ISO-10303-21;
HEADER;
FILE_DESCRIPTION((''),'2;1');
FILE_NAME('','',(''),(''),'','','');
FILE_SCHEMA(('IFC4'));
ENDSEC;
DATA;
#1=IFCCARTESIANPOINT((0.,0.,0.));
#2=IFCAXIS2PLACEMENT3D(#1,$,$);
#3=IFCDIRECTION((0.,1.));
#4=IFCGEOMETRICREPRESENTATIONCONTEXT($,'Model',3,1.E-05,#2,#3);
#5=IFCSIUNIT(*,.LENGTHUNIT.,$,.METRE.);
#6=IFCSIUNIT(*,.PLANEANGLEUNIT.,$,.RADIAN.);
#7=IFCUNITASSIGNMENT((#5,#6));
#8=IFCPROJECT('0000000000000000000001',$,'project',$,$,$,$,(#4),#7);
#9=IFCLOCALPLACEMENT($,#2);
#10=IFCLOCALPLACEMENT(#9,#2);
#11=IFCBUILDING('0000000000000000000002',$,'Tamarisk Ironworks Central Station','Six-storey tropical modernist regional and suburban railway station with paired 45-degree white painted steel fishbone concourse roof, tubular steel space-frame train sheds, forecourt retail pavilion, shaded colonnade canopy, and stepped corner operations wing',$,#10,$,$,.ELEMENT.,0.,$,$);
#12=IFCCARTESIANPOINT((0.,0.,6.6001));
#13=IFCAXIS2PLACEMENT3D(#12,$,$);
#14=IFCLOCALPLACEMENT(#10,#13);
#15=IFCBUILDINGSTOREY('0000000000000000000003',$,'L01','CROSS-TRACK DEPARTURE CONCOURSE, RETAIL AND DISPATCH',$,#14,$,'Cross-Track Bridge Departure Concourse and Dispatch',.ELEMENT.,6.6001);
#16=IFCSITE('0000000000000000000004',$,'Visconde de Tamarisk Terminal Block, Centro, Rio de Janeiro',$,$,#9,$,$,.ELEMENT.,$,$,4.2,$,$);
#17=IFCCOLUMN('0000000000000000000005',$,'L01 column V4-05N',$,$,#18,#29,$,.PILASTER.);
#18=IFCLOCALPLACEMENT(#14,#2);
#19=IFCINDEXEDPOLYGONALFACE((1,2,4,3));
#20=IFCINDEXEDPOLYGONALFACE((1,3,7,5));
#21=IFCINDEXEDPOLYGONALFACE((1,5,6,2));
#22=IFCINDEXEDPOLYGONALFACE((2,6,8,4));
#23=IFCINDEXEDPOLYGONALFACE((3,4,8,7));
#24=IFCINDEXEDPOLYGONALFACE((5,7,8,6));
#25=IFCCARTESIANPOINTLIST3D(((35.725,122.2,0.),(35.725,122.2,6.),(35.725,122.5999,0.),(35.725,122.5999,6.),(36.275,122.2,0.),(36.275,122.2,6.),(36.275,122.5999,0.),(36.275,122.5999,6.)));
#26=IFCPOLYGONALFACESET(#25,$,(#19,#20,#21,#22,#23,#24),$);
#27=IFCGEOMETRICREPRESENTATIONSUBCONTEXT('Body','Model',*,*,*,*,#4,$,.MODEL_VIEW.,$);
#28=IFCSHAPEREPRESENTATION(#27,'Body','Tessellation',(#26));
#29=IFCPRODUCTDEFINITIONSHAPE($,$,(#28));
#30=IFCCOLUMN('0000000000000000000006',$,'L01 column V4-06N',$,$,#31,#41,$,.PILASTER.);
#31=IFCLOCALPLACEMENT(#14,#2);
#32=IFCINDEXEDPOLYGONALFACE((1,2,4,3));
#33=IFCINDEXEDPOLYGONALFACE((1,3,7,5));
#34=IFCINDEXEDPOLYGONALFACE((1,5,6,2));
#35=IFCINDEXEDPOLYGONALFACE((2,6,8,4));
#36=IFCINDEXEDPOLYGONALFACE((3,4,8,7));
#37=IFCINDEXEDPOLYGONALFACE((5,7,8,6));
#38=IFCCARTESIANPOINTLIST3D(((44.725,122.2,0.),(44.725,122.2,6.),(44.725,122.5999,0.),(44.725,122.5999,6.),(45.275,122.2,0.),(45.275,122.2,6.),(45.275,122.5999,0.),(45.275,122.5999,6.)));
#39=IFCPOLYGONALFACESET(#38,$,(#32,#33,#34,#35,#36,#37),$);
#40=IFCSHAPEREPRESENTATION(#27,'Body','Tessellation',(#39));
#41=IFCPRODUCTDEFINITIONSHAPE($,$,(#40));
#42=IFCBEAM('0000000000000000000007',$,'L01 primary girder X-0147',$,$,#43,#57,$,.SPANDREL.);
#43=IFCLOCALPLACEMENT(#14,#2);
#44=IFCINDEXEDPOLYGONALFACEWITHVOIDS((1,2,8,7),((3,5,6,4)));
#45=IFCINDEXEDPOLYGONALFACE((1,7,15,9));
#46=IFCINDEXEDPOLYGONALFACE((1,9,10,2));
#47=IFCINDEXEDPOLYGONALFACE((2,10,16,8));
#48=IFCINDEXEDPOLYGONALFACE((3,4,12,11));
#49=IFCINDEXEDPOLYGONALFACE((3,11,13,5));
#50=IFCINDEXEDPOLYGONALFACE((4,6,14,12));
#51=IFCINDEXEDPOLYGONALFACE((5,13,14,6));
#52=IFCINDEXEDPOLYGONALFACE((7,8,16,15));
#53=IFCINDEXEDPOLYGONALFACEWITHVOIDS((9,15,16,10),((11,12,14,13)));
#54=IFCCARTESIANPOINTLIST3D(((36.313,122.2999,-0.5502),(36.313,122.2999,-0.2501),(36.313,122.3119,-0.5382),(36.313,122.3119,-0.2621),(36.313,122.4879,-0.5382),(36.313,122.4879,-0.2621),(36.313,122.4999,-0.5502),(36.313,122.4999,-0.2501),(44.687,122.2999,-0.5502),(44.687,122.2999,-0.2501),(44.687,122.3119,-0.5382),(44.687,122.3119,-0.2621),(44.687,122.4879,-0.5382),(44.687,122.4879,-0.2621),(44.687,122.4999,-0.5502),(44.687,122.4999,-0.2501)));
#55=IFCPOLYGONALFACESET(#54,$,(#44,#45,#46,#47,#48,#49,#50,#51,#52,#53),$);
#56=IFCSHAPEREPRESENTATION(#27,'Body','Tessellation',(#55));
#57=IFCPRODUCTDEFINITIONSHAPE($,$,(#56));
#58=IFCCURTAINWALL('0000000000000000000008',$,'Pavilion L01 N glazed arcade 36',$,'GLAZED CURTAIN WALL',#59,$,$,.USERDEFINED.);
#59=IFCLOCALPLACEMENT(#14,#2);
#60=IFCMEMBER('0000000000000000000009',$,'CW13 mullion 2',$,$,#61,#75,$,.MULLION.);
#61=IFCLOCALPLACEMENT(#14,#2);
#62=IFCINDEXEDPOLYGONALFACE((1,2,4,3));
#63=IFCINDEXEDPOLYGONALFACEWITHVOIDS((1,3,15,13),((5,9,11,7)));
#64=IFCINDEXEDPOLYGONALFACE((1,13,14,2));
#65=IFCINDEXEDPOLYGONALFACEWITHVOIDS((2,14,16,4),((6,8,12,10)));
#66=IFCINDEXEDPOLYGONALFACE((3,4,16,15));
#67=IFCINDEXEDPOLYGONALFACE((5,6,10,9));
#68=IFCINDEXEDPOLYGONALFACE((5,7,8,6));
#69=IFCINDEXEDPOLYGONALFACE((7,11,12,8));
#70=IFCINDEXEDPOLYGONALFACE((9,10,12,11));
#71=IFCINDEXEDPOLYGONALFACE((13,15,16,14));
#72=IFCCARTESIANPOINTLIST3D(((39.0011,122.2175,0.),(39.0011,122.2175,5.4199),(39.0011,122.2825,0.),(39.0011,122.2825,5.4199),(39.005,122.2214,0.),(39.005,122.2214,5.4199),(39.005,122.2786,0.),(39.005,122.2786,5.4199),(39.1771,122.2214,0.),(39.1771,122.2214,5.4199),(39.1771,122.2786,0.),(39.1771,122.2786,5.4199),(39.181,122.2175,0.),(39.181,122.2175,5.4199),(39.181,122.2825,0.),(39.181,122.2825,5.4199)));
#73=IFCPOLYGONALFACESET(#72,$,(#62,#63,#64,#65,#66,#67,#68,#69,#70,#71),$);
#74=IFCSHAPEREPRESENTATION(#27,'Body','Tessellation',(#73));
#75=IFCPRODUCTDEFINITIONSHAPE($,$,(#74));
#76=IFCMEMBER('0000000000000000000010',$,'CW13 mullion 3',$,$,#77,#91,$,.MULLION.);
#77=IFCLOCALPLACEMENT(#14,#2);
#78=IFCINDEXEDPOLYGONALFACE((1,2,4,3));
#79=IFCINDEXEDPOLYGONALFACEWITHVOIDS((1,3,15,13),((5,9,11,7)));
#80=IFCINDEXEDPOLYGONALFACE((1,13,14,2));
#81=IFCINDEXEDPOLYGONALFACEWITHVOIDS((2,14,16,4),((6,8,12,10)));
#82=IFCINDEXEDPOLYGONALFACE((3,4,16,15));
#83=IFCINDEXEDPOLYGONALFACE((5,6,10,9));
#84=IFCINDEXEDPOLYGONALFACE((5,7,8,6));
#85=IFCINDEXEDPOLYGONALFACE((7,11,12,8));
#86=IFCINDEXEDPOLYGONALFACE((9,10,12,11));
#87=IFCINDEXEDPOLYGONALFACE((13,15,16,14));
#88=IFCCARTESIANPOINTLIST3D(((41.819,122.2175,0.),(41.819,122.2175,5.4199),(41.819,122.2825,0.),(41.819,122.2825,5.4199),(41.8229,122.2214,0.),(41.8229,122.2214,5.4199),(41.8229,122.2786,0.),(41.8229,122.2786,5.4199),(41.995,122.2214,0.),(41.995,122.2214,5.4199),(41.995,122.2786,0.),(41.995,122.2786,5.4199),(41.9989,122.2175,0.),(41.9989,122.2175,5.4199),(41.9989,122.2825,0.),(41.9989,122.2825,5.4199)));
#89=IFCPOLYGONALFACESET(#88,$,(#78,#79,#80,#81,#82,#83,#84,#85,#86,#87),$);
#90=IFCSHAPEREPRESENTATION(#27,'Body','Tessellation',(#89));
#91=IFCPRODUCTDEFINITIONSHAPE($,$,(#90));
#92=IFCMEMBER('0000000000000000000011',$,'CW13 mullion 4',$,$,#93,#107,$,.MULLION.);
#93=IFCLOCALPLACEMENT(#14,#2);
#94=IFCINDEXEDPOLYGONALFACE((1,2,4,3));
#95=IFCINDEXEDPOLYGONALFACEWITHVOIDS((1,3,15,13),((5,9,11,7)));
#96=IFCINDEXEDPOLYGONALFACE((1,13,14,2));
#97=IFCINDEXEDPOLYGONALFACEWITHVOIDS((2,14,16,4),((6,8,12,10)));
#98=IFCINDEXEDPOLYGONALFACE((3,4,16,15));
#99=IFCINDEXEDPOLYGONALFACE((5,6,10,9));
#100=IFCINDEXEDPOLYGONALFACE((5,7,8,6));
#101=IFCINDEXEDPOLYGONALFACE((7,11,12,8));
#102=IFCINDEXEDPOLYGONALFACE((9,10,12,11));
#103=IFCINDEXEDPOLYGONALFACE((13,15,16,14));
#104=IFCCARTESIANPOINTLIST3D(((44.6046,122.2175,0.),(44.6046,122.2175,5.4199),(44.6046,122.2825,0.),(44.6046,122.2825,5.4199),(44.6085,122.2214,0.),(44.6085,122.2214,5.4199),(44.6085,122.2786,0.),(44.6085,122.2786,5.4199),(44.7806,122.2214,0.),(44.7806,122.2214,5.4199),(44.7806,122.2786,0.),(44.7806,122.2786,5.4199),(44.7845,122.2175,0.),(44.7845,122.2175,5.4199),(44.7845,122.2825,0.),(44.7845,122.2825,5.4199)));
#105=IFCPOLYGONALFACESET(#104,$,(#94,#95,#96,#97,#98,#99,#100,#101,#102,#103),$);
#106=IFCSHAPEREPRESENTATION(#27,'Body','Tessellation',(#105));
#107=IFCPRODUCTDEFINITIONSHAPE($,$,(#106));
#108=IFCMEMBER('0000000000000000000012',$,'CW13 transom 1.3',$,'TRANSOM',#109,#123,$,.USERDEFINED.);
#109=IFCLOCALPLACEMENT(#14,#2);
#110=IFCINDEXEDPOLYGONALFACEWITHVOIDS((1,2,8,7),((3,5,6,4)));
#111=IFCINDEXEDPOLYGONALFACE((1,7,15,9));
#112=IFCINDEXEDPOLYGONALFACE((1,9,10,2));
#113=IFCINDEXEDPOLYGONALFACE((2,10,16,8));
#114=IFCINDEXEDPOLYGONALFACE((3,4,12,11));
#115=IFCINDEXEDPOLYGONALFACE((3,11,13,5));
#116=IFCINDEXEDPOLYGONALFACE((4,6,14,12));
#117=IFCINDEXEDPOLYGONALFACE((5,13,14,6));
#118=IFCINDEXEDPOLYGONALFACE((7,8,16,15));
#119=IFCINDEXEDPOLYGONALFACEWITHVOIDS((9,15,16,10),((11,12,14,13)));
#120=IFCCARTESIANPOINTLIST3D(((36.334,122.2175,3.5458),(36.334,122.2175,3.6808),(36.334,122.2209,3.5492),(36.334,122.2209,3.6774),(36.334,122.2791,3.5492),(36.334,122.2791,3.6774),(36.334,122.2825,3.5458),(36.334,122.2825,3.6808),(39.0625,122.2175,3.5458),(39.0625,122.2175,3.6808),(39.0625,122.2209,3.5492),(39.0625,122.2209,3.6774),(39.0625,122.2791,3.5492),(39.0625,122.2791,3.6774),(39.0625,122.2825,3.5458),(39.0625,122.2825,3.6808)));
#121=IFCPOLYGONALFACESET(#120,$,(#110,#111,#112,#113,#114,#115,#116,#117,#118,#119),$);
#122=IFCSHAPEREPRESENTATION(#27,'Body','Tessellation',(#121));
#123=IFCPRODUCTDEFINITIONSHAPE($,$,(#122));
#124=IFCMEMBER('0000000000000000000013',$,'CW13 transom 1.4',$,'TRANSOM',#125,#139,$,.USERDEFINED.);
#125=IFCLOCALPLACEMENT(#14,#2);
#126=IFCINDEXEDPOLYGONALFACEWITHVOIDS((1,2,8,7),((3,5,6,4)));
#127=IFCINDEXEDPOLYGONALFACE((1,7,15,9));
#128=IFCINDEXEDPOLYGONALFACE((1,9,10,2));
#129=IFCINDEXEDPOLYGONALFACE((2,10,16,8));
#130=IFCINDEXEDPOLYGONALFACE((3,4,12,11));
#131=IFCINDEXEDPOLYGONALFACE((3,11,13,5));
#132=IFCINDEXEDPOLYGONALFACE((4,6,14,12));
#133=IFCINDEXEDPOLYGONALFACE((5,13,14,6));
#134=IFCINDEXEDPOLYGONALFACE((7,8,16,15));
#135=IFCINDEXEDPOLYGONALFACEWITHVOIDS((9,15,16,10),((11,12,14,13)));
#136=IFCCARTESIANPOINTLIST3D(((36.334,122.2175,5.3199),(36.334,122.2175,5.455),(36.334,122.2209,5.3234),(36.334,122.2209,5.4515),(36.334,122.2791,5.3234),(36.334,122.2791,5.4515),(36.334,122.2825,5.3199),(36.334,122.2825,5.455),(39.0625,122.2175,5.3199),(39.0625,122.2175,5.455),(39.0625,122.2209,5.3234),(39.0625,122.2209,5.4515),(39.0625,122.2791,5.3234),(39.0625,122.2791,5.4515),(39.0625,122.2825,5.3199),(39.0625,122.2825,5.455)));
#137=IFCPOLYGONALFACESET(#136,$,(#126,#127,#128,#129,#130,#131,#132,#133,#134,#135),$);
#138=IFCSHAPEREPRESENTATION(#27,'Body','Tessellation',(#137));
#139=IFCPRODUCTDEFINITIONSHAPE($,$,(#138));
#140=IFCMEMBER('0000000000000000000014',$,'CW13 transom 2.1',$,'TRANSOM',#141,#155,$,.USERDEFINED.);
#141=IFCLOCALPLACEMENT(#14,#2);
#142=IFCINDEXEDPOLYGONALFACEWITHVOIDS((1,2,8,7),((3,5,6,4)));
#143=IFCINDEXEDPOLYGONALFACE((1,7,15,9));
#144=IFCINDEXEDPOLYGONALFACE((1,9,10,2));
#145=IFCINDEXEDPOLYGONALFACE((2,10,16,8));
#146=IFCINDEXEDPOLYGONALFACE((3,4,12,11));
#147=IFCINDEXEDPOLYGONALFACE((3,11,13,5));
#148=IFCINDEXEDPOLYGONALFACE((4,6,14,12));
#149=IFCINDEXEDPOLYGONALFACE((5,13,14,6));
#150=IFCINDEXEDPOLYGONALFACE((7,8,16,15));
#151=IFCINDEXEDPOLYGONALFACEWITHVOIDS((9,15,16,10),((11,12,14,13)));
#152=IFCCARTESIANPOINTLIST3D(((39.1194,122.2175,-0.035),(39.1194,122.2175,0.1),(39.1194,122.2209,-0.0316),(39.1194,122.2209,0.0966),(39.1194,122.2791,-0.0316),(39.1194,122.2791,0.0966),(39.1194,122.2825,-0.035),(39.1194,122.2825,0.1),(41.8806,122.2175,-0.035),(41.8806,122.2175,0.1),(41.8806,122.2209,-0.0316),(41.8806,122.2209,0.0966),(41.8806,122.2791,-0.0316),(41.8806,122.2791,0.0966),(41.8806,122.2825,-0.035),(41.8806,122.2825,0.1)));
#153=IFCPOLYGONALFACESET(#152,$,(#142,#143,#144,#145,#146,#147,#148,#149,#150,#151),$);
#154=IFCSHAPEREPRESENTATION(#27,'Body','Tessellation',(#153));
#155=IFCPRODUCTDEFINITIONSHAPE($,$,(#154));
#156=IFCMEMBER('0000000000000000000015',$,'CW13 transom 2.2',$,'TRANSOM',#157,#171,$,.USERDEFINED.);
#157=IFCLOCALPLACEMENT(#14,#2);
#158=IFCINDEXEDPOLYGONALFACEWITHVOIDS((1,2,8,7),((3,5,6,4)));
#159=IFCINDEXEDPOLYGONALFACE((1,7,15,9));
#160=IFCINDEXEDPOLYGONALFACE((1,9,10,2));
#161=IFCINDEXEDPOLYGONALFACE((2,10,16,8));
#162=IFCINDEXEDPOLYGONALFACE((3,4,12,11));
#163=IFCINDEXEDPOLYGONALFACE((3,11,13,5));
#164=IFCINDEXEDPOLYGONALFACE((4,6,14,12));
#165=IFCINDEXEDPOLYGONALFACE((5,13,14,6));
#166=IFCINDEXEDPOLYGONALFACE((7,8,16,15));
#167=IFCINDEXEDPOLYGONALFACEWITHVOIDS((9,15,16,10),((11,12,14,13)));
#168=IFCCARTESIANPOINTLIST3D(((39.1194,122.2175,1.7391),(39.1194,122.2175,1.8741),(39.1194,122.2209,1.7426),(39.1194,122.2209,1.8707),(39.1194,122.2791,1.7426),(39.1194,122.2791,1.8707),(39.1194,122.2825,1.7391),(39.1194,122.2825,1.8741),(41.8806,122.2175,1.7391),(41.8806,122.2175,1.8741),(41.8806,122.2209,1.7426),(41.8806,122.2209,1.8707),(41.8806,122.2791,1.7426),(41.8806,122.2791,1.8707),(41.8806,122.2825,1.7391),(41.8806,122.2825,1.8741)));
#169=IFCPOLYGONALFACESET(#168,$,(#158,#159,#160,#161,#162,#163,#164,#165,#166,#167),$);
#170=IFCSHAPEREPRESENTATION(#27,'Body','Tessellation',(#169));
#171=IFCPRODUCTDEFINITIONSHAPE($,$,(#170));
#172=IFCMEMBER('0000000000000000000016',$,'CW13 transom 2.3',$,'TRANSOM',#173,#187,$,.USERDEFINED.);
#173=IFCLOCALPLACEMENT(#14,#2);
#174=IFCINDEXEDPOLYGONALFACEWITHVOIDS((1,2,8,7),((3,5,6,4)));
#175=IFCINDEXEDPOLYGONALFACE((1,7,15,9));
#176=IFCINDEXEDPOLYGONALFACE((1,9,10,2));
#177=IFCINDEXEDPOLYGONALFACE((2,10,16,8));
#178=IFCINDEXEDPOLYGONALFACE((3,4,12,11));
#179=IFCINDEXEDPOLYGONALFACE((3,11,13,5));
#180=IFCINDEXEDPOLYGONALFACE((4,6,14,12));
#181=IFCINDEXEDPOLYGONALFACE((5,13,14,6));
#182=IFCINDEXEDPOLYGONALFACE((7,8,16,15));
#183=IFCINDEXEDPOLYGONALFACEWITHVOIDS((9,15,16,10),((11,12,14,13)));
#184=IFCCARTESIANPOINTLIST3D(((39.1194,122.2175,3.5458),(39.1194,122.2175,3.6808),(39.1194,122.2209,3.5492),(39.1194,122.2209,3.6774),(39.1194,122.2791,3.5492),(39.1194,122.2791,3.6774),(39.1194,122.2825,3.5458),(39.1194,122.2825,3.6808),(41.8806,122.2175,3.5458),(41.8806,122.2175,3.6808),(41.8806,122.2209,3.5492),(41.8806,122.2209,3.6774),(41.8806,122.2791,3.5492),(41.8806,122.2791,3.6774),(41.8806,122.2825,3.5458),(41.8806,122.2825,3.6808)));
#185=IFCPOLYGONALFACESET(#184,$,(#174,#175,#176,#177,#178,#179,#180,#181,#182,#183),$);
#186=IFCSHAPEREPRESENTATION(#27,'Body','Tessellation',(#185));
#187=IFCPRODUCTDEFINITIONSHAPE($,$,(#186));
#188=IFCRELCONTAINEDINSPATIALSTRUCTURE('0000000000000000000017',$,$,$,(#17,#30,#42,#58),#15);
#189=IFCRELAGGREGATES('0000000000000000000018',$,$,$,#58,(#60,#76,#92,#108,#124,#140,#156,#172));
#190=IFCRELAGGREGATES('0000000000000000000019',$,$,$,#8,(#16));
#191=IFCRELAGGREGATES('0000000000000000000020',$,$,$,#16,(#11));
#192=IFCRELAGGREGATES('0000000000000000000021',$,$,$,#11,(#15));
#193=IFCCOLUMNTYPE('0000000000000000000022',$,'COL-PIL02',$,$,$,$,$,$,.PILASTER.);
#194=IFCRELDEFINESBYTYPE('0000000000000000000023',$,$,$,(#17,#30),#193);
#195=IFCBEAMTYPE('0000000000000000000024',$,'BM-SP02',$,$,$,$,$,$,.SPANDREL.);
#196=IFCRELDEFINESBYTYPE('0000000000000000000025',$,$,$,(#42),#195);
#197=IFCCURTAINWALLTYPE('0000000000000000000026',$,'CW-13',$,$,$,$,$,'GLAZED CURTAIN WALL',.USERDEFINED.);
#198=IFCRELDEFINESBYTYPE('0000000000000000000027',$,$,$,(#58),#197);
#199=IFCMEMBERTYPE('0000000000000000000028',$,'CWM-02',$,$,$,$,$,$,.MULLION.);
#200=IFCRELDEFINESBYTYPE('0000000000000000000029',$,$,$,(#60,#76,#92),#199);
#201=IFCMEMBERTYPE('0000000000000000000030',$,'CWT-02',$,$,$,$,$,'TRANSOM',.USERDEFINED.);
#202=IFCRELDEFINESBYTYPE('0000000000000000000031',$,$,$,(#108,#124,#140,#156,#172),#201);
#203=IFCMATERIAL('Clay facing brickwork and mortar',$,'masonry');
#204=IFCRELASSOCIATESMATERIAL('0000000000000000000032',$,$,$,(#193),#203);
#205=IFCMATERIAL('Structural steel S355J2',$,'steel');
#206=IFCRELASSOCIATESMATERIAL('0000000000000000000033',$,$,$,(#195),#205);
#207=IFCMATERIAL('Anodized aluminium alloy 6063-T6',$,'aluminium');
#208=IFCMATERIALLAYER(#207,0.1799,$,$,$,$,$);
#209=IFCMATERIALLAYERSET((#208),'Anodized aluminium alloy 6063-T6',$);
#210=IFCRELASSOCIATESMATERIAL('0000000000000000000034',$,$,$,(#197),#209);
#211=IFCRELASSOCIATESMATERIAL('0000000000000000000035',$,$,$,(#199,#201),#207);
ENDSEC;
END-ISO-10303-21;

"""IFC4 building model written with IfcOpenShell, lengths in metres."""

from ifc_helpers import new_model, si_unit, direction, frame, origin, origin_2d, place, context, subcontext, project, spatial, rectangle, hollow_rectangle, extrude, material, layer, layer_set, material_profile, profile_set, type_object, element, aggregate, save


model = new_model("IFC4")

# Units and contexts
model_context = context("Model", 3, precision=1e-05, world=origin(), true_north=direction((0.0, 1.0)))
body_context = subcontext(model_context, "Body", "Model", "MODEL_VIEW")
ifc_project = project(units=[si_unit("LENGTHUNIT", "METRE"), si_unit("PLANEANGLEUNIT", "RADIAN")], contexts=[model_context])

# Site, building, storey
site_placement = place(None, origin())
site = spatial("IfcSite", under=ifc_project, at=site_placement, Name="Visconde de Tamarisk Terminal Block, Centro, Rio de Janeiro", CompositionType="ELEMENT", RefElevation=4.2)
building_placement = place(site_placement, origin())
building = spatial("IfcBuilding", under=site, at=building_placement, Name="Tamarisk Ironworks Central Station", Description="Six-storey tropical modernist regional and suburban railway station with paired 45-degree white painted steel fishbone concourse roof, tubular steel space-frame train sheds, forecourt retail pavilion, shaded colonnade canopy, and stepped corner operations wing", CompositionType="ELEMENT", ElevationOfRefHeight=0.0)
storey_placement = place(building_placement, frame((0.0, 0.0, 6.6001)))
storey = spatial("IfcBuildingStorey", under=building, at=storey_placement, Name="L01", Description="CROSS-TRACK DEPARTURE CONCOURSE, RETAIL AND DISPATCH", LongName="Cross-Track Bridge Departure Concourse and Dispatch", CompositionType="ELEMENT", Elevation=6.6001)

# Columns
ifc_material_1 = material(Name="Clay facing brickwork and mortar", Category="masonry")
ifc_material_profile_1 = material_profile(ifc_material_1, rectangle(XDim=0.55, YDim=0.3999, at=origin_2d()), Name="PIL 550x400")
ifc_profile_set_1 = profile_set([ifc_material_profile_1], Name="Clay facing brickwork and mortar")
column_type = type_object("IfcColumnType", Name="COL-PIL02", PredefinedType="PILASTER", material=ifc_profile_set_1)
for number, where, z_axis, x_axis, name in (
    (1, (36.0, 122.3999, 0.0), (0.0, 0.0, 1.0), (1.0, 0.0, 0.0), "L01 column V4-05N"),
    (2, (45.0, 122.3999, 0.0), (0.0, 0.0, 1.0), (1.0, 0.0, 0.0), "L01 column V4-06N"),
):
    element("IfcColumn", number, at=place(storey_placement, frame(where, z_axis=z_axis, x_axis=x_axis)), inside=storey, type_object=column_type, Name=name, PredefinedType="PILASTER", context=body_context, shape_type="SweptSolid", body=[
        extrude(rectangle(XDim=0.55, YDim=0.3999, at=origin_2d()), origin(), (0.0, 0.0, 1.0), 6.0),
    ])

# Beam
ifc_material_2 = material(Name="Structural steel S355J2", Category="steel")
ifc_material_profile_2 = material_profile(ifc_material_2, hollow_rectangle(XDim=0.2, YDim=0.3, WallThickness=0.012, at=origin_2d()), Name="RHS 300x200x12")
ifc_profile_set_2 = profile_set([ifc_material_profile_2], Name="Structural steel S355J2")
beam_type = type_object("IfcBeamType", Name="BM-SP02", PredefinedType="SPANDREL", material=ifc_profile_set_2)
beam_placement = place(storey_placement, frame((36.313, 122.3999, -0.4001), z_axis=(1.0, 0.0, 0.0), x_axis=(0.0, 1.0, 0.0)))
element("IfcBeam", 3, at=beam_placement, inside=storey, type_object=beam_type, Name="L01 primary girder X-0147", PredefinedType="SPANDREL", context=body_context, shape_type="SweptSolid", body=[
    extrude(hollow_rectangle(XDim=0.2, YDim=0.3, WallThickness=0.012, at=origin_2d()), origin(), (0.0, 0.0, 1.0), 8.374),
])

# Curtain wall, members
ifc_material_3 = material(Name="Anodized aluminium alloy 6063-T6", Category="aluminium")
ifc_layer_1 = layer(ifc_material_3, 0.1799)
ifc_layer_set_1 = layer_set([ifc_layer_1], Name="Anodized aluminium alloy 6063-T6")
curtain_wall_type = type_object("IfcCurtainWallType", Name="CW-13", ElementType="GLAZED CURTAIN WALL", PredefinedType="USERDEFINED", material=ifc_layer_set_1)
curtain_wall_placement = place(storey_placement, origin())
curtain_wall = element("IfcCurtainWall", 4, at=curtain_wall_placement, inside=storey, type_object=curtain_wall_type, Name="Pavilion L01 N glazed arcade 36", ObjectType="GLAZED CURTAIN WALL", PredefinedType="USERDEFINED")
ifc_material_profile_3 = material_profile(ifc_material_3, hollow_rectangle(XDim=0.0649, YDim=0.1799, WallThickness=0.0039, at=origin_2d()), Name="ALUM 180x65")
ifc_profile_set_3 = profile_set([ifc_material_profile_3], Name="Anodized aluminium alloy 6063-T6")
member_type_1 = type_object("IfcMemberType", Name="CWM-02", PredefinedType="MULLION", material=ifc_profile_set_3)
member_1_placement = place(storey_placement, frame((39.0911, 122.25, 0.0), z_axis=(0.0, 0.0, 1.0), x_axis=(0.0, 1.0, 0.0)))
member_1 = element("IfcMember", 5, at=member_1_placement, type_object=member_type_1, Name="CW13 mullion 2", PredefinedType="MULLION", context=body_context, shape_type="SweptSolid", body=[
    extrude(hollow_rectangle(XDim=0.0649, YDim=0.1799, WallThickness=0.0039, at=origin_2d()), origin(), (0.0, 0.0, 1.0), 5.4199),
])
member_2_placement = place(storey_placement, frame((41.9089, 122.25, 0.0), z_axis=(0.0, 0.0, 1.0), x_axis=(0.0, 1.0, 0.0)))
member_2 = element("IfcMember", 6, at=member_2_placement, type_object=member_type_1, Name="CW13 mullion 3", PredefinedType="MULLION", context=body_context, shape_type="SweptSolid", body=[
    extrude(hollow_rectangle(XDim=0.0649, YDim=0.1799, WallThickness=0.0039, at=origin_2d()), origin(), (0.0, 0.0, 1.0), 5.4199),
])
member_3_placement = place(storey_placement, frame((44.6946, 122.25, 0.0), z_axis=(0.0, 0.0, 1.0), x_axis=(0.0, 1.0, 0.0)))
member_3 = element("IfcMember", 7, at=member_3_placement, type_object=member_type_1, Name="CW13 mullion 4", PredefinedType="MULLION", context=body_context, shape_type="SweptSolid", body=[
    extrude(hollow_rectangle(XDim=0.0649, YDim=0.1799, WallThickness=0.0039, at=origin_2d()), origin(), (0.0, 0.0, 1.0), 5.4199),
])
ifc_material_profile_4 = material_profile(ifc_material_3, hollow_rectangle(XDim=0.0649, YDim=0.135, WallThickness=0.0034, at=origin_2d()), Name="ALUM 135x65")
ifc_profile_set_4 = profile_set([ifc_material_profile_4], Name="Anodized aluminium alloy 6063-T6")
member_type_2 = type_object("IfcMemberType", Name="CWT-02", ElementType="TRANSOM", PredefinedType="USERDEFINED", material=ifc_profile_set_4)
member_4_placement = place(storey_placement, frame((36.334, 122.25, 3.6133), z_axis=(1.0, 0.0, 0.0), x_axis=(0.0, 1.0, 0.0)))
member_4 = element("IfcMember", 8, at=member_4_placement, type_object=member_type_2, Name="CW13 transom 1.3", ObjectType="TRANSOM", PredefinedType="USERDEFINED", context=body_context, shape_type="SweptSolid", body=[
    extrude(hollow_rectangle(XDim=0.0649, YDim=0.135, WallThickness=0.0034, at=origin_2d()), origin(), (0.0, 0.0, 1.0), 2.7285),
])
member_5_placement = place(storey_placement, frame((36.334, 122.25, 5.3875), z_axis=(1.0, 0.0, 0.0), x_axis=(0.0, 1.0, 0.0)))
member_5 = element("IfcMember", 9, at=member_5_placement, type_object=member_type_2, Name="CW13 transom 1.4", ObjectType="TRANSOM", PredefinedType="USERDEFINED", context=body_context, shape_type="SweptSolid", body=[
    extrude(hollow_rectangle(XDim=0.0649, YDim=0.135, WallThickness=0.0034, at=origin_2d()), origin(), (0.0, 0.0, 1.0), 2.7285),
])
member_6_placement = place(storey_placement, frame((39.1194, 122.25, 0.0325), z_axis=(1.0, 0.0, 0.0), x_axis=(0.0, 1.0, 0.0)))
member_6 = element("IfcMember", 10, at=member_6_placement, type_object=member_type_2, Name="CW13 transom 2.1", ObjectType="TRANSOM", PredefinedType="USERDEFINED", context=body_context, shape_type="SweptSolid", body=[
    extrude(hollow_rectangle(XDim=0.0649, YDim=0.135, WallThickness=0.0034, at=origin_2d()), origin(), (0.0, 0.0, 1.0), 2.7612),
])
member_7_placement = place(storey_placement, frame((39.1194, 122.25, 1.8066), z_axis=(1.0, 0.0, 0.0), x_axis=(0.0, 1.0, 0.0)))
member_7 = element("IfcMember", 11, at=member_7_placement, type_object=member_type_2, Name="CW13 transom 2.2", ObjectType="TRANSOM", PredefinedType="USERDEFINED", context=body_context, shape_type="SweptSolid", body=[
    extrude(hollow_rectangle(XDim=0.0649, YDim=0.135, WallThickness=0.0034, at=origin_2d()), origin(), (0.0, 0.0, 1.0), 2.7612),
])
member_8_placement = place(storey_placement, frame((39.1194, 122.25, 3.6133), z_axis=(1.0, 0.0, 0.0), x_axis=(0.0, 1.0, 0.0)))
member_8 = element("IfcMember", 12, at=member_8_placement, type_object=member_type_2, Name="CW13 transom 2.3", ObjectType="TRANSOM", PredefinedType="USERDEFINED", context=body_context, shape_type="SweptSolid", body=[
    extrude(hollow_rectangle(XDim=0.0649, YDim=0.135, WallThickness=0.0034, at=origin_2d()), origin(), (0.0, 0.0, 1.0), 2.7612),
])
aggregate(curtain_wall, [member_1, member_2, member_3, member_4, member_5, member_6, member_7, member_8])

save(model, "model.ifc")
